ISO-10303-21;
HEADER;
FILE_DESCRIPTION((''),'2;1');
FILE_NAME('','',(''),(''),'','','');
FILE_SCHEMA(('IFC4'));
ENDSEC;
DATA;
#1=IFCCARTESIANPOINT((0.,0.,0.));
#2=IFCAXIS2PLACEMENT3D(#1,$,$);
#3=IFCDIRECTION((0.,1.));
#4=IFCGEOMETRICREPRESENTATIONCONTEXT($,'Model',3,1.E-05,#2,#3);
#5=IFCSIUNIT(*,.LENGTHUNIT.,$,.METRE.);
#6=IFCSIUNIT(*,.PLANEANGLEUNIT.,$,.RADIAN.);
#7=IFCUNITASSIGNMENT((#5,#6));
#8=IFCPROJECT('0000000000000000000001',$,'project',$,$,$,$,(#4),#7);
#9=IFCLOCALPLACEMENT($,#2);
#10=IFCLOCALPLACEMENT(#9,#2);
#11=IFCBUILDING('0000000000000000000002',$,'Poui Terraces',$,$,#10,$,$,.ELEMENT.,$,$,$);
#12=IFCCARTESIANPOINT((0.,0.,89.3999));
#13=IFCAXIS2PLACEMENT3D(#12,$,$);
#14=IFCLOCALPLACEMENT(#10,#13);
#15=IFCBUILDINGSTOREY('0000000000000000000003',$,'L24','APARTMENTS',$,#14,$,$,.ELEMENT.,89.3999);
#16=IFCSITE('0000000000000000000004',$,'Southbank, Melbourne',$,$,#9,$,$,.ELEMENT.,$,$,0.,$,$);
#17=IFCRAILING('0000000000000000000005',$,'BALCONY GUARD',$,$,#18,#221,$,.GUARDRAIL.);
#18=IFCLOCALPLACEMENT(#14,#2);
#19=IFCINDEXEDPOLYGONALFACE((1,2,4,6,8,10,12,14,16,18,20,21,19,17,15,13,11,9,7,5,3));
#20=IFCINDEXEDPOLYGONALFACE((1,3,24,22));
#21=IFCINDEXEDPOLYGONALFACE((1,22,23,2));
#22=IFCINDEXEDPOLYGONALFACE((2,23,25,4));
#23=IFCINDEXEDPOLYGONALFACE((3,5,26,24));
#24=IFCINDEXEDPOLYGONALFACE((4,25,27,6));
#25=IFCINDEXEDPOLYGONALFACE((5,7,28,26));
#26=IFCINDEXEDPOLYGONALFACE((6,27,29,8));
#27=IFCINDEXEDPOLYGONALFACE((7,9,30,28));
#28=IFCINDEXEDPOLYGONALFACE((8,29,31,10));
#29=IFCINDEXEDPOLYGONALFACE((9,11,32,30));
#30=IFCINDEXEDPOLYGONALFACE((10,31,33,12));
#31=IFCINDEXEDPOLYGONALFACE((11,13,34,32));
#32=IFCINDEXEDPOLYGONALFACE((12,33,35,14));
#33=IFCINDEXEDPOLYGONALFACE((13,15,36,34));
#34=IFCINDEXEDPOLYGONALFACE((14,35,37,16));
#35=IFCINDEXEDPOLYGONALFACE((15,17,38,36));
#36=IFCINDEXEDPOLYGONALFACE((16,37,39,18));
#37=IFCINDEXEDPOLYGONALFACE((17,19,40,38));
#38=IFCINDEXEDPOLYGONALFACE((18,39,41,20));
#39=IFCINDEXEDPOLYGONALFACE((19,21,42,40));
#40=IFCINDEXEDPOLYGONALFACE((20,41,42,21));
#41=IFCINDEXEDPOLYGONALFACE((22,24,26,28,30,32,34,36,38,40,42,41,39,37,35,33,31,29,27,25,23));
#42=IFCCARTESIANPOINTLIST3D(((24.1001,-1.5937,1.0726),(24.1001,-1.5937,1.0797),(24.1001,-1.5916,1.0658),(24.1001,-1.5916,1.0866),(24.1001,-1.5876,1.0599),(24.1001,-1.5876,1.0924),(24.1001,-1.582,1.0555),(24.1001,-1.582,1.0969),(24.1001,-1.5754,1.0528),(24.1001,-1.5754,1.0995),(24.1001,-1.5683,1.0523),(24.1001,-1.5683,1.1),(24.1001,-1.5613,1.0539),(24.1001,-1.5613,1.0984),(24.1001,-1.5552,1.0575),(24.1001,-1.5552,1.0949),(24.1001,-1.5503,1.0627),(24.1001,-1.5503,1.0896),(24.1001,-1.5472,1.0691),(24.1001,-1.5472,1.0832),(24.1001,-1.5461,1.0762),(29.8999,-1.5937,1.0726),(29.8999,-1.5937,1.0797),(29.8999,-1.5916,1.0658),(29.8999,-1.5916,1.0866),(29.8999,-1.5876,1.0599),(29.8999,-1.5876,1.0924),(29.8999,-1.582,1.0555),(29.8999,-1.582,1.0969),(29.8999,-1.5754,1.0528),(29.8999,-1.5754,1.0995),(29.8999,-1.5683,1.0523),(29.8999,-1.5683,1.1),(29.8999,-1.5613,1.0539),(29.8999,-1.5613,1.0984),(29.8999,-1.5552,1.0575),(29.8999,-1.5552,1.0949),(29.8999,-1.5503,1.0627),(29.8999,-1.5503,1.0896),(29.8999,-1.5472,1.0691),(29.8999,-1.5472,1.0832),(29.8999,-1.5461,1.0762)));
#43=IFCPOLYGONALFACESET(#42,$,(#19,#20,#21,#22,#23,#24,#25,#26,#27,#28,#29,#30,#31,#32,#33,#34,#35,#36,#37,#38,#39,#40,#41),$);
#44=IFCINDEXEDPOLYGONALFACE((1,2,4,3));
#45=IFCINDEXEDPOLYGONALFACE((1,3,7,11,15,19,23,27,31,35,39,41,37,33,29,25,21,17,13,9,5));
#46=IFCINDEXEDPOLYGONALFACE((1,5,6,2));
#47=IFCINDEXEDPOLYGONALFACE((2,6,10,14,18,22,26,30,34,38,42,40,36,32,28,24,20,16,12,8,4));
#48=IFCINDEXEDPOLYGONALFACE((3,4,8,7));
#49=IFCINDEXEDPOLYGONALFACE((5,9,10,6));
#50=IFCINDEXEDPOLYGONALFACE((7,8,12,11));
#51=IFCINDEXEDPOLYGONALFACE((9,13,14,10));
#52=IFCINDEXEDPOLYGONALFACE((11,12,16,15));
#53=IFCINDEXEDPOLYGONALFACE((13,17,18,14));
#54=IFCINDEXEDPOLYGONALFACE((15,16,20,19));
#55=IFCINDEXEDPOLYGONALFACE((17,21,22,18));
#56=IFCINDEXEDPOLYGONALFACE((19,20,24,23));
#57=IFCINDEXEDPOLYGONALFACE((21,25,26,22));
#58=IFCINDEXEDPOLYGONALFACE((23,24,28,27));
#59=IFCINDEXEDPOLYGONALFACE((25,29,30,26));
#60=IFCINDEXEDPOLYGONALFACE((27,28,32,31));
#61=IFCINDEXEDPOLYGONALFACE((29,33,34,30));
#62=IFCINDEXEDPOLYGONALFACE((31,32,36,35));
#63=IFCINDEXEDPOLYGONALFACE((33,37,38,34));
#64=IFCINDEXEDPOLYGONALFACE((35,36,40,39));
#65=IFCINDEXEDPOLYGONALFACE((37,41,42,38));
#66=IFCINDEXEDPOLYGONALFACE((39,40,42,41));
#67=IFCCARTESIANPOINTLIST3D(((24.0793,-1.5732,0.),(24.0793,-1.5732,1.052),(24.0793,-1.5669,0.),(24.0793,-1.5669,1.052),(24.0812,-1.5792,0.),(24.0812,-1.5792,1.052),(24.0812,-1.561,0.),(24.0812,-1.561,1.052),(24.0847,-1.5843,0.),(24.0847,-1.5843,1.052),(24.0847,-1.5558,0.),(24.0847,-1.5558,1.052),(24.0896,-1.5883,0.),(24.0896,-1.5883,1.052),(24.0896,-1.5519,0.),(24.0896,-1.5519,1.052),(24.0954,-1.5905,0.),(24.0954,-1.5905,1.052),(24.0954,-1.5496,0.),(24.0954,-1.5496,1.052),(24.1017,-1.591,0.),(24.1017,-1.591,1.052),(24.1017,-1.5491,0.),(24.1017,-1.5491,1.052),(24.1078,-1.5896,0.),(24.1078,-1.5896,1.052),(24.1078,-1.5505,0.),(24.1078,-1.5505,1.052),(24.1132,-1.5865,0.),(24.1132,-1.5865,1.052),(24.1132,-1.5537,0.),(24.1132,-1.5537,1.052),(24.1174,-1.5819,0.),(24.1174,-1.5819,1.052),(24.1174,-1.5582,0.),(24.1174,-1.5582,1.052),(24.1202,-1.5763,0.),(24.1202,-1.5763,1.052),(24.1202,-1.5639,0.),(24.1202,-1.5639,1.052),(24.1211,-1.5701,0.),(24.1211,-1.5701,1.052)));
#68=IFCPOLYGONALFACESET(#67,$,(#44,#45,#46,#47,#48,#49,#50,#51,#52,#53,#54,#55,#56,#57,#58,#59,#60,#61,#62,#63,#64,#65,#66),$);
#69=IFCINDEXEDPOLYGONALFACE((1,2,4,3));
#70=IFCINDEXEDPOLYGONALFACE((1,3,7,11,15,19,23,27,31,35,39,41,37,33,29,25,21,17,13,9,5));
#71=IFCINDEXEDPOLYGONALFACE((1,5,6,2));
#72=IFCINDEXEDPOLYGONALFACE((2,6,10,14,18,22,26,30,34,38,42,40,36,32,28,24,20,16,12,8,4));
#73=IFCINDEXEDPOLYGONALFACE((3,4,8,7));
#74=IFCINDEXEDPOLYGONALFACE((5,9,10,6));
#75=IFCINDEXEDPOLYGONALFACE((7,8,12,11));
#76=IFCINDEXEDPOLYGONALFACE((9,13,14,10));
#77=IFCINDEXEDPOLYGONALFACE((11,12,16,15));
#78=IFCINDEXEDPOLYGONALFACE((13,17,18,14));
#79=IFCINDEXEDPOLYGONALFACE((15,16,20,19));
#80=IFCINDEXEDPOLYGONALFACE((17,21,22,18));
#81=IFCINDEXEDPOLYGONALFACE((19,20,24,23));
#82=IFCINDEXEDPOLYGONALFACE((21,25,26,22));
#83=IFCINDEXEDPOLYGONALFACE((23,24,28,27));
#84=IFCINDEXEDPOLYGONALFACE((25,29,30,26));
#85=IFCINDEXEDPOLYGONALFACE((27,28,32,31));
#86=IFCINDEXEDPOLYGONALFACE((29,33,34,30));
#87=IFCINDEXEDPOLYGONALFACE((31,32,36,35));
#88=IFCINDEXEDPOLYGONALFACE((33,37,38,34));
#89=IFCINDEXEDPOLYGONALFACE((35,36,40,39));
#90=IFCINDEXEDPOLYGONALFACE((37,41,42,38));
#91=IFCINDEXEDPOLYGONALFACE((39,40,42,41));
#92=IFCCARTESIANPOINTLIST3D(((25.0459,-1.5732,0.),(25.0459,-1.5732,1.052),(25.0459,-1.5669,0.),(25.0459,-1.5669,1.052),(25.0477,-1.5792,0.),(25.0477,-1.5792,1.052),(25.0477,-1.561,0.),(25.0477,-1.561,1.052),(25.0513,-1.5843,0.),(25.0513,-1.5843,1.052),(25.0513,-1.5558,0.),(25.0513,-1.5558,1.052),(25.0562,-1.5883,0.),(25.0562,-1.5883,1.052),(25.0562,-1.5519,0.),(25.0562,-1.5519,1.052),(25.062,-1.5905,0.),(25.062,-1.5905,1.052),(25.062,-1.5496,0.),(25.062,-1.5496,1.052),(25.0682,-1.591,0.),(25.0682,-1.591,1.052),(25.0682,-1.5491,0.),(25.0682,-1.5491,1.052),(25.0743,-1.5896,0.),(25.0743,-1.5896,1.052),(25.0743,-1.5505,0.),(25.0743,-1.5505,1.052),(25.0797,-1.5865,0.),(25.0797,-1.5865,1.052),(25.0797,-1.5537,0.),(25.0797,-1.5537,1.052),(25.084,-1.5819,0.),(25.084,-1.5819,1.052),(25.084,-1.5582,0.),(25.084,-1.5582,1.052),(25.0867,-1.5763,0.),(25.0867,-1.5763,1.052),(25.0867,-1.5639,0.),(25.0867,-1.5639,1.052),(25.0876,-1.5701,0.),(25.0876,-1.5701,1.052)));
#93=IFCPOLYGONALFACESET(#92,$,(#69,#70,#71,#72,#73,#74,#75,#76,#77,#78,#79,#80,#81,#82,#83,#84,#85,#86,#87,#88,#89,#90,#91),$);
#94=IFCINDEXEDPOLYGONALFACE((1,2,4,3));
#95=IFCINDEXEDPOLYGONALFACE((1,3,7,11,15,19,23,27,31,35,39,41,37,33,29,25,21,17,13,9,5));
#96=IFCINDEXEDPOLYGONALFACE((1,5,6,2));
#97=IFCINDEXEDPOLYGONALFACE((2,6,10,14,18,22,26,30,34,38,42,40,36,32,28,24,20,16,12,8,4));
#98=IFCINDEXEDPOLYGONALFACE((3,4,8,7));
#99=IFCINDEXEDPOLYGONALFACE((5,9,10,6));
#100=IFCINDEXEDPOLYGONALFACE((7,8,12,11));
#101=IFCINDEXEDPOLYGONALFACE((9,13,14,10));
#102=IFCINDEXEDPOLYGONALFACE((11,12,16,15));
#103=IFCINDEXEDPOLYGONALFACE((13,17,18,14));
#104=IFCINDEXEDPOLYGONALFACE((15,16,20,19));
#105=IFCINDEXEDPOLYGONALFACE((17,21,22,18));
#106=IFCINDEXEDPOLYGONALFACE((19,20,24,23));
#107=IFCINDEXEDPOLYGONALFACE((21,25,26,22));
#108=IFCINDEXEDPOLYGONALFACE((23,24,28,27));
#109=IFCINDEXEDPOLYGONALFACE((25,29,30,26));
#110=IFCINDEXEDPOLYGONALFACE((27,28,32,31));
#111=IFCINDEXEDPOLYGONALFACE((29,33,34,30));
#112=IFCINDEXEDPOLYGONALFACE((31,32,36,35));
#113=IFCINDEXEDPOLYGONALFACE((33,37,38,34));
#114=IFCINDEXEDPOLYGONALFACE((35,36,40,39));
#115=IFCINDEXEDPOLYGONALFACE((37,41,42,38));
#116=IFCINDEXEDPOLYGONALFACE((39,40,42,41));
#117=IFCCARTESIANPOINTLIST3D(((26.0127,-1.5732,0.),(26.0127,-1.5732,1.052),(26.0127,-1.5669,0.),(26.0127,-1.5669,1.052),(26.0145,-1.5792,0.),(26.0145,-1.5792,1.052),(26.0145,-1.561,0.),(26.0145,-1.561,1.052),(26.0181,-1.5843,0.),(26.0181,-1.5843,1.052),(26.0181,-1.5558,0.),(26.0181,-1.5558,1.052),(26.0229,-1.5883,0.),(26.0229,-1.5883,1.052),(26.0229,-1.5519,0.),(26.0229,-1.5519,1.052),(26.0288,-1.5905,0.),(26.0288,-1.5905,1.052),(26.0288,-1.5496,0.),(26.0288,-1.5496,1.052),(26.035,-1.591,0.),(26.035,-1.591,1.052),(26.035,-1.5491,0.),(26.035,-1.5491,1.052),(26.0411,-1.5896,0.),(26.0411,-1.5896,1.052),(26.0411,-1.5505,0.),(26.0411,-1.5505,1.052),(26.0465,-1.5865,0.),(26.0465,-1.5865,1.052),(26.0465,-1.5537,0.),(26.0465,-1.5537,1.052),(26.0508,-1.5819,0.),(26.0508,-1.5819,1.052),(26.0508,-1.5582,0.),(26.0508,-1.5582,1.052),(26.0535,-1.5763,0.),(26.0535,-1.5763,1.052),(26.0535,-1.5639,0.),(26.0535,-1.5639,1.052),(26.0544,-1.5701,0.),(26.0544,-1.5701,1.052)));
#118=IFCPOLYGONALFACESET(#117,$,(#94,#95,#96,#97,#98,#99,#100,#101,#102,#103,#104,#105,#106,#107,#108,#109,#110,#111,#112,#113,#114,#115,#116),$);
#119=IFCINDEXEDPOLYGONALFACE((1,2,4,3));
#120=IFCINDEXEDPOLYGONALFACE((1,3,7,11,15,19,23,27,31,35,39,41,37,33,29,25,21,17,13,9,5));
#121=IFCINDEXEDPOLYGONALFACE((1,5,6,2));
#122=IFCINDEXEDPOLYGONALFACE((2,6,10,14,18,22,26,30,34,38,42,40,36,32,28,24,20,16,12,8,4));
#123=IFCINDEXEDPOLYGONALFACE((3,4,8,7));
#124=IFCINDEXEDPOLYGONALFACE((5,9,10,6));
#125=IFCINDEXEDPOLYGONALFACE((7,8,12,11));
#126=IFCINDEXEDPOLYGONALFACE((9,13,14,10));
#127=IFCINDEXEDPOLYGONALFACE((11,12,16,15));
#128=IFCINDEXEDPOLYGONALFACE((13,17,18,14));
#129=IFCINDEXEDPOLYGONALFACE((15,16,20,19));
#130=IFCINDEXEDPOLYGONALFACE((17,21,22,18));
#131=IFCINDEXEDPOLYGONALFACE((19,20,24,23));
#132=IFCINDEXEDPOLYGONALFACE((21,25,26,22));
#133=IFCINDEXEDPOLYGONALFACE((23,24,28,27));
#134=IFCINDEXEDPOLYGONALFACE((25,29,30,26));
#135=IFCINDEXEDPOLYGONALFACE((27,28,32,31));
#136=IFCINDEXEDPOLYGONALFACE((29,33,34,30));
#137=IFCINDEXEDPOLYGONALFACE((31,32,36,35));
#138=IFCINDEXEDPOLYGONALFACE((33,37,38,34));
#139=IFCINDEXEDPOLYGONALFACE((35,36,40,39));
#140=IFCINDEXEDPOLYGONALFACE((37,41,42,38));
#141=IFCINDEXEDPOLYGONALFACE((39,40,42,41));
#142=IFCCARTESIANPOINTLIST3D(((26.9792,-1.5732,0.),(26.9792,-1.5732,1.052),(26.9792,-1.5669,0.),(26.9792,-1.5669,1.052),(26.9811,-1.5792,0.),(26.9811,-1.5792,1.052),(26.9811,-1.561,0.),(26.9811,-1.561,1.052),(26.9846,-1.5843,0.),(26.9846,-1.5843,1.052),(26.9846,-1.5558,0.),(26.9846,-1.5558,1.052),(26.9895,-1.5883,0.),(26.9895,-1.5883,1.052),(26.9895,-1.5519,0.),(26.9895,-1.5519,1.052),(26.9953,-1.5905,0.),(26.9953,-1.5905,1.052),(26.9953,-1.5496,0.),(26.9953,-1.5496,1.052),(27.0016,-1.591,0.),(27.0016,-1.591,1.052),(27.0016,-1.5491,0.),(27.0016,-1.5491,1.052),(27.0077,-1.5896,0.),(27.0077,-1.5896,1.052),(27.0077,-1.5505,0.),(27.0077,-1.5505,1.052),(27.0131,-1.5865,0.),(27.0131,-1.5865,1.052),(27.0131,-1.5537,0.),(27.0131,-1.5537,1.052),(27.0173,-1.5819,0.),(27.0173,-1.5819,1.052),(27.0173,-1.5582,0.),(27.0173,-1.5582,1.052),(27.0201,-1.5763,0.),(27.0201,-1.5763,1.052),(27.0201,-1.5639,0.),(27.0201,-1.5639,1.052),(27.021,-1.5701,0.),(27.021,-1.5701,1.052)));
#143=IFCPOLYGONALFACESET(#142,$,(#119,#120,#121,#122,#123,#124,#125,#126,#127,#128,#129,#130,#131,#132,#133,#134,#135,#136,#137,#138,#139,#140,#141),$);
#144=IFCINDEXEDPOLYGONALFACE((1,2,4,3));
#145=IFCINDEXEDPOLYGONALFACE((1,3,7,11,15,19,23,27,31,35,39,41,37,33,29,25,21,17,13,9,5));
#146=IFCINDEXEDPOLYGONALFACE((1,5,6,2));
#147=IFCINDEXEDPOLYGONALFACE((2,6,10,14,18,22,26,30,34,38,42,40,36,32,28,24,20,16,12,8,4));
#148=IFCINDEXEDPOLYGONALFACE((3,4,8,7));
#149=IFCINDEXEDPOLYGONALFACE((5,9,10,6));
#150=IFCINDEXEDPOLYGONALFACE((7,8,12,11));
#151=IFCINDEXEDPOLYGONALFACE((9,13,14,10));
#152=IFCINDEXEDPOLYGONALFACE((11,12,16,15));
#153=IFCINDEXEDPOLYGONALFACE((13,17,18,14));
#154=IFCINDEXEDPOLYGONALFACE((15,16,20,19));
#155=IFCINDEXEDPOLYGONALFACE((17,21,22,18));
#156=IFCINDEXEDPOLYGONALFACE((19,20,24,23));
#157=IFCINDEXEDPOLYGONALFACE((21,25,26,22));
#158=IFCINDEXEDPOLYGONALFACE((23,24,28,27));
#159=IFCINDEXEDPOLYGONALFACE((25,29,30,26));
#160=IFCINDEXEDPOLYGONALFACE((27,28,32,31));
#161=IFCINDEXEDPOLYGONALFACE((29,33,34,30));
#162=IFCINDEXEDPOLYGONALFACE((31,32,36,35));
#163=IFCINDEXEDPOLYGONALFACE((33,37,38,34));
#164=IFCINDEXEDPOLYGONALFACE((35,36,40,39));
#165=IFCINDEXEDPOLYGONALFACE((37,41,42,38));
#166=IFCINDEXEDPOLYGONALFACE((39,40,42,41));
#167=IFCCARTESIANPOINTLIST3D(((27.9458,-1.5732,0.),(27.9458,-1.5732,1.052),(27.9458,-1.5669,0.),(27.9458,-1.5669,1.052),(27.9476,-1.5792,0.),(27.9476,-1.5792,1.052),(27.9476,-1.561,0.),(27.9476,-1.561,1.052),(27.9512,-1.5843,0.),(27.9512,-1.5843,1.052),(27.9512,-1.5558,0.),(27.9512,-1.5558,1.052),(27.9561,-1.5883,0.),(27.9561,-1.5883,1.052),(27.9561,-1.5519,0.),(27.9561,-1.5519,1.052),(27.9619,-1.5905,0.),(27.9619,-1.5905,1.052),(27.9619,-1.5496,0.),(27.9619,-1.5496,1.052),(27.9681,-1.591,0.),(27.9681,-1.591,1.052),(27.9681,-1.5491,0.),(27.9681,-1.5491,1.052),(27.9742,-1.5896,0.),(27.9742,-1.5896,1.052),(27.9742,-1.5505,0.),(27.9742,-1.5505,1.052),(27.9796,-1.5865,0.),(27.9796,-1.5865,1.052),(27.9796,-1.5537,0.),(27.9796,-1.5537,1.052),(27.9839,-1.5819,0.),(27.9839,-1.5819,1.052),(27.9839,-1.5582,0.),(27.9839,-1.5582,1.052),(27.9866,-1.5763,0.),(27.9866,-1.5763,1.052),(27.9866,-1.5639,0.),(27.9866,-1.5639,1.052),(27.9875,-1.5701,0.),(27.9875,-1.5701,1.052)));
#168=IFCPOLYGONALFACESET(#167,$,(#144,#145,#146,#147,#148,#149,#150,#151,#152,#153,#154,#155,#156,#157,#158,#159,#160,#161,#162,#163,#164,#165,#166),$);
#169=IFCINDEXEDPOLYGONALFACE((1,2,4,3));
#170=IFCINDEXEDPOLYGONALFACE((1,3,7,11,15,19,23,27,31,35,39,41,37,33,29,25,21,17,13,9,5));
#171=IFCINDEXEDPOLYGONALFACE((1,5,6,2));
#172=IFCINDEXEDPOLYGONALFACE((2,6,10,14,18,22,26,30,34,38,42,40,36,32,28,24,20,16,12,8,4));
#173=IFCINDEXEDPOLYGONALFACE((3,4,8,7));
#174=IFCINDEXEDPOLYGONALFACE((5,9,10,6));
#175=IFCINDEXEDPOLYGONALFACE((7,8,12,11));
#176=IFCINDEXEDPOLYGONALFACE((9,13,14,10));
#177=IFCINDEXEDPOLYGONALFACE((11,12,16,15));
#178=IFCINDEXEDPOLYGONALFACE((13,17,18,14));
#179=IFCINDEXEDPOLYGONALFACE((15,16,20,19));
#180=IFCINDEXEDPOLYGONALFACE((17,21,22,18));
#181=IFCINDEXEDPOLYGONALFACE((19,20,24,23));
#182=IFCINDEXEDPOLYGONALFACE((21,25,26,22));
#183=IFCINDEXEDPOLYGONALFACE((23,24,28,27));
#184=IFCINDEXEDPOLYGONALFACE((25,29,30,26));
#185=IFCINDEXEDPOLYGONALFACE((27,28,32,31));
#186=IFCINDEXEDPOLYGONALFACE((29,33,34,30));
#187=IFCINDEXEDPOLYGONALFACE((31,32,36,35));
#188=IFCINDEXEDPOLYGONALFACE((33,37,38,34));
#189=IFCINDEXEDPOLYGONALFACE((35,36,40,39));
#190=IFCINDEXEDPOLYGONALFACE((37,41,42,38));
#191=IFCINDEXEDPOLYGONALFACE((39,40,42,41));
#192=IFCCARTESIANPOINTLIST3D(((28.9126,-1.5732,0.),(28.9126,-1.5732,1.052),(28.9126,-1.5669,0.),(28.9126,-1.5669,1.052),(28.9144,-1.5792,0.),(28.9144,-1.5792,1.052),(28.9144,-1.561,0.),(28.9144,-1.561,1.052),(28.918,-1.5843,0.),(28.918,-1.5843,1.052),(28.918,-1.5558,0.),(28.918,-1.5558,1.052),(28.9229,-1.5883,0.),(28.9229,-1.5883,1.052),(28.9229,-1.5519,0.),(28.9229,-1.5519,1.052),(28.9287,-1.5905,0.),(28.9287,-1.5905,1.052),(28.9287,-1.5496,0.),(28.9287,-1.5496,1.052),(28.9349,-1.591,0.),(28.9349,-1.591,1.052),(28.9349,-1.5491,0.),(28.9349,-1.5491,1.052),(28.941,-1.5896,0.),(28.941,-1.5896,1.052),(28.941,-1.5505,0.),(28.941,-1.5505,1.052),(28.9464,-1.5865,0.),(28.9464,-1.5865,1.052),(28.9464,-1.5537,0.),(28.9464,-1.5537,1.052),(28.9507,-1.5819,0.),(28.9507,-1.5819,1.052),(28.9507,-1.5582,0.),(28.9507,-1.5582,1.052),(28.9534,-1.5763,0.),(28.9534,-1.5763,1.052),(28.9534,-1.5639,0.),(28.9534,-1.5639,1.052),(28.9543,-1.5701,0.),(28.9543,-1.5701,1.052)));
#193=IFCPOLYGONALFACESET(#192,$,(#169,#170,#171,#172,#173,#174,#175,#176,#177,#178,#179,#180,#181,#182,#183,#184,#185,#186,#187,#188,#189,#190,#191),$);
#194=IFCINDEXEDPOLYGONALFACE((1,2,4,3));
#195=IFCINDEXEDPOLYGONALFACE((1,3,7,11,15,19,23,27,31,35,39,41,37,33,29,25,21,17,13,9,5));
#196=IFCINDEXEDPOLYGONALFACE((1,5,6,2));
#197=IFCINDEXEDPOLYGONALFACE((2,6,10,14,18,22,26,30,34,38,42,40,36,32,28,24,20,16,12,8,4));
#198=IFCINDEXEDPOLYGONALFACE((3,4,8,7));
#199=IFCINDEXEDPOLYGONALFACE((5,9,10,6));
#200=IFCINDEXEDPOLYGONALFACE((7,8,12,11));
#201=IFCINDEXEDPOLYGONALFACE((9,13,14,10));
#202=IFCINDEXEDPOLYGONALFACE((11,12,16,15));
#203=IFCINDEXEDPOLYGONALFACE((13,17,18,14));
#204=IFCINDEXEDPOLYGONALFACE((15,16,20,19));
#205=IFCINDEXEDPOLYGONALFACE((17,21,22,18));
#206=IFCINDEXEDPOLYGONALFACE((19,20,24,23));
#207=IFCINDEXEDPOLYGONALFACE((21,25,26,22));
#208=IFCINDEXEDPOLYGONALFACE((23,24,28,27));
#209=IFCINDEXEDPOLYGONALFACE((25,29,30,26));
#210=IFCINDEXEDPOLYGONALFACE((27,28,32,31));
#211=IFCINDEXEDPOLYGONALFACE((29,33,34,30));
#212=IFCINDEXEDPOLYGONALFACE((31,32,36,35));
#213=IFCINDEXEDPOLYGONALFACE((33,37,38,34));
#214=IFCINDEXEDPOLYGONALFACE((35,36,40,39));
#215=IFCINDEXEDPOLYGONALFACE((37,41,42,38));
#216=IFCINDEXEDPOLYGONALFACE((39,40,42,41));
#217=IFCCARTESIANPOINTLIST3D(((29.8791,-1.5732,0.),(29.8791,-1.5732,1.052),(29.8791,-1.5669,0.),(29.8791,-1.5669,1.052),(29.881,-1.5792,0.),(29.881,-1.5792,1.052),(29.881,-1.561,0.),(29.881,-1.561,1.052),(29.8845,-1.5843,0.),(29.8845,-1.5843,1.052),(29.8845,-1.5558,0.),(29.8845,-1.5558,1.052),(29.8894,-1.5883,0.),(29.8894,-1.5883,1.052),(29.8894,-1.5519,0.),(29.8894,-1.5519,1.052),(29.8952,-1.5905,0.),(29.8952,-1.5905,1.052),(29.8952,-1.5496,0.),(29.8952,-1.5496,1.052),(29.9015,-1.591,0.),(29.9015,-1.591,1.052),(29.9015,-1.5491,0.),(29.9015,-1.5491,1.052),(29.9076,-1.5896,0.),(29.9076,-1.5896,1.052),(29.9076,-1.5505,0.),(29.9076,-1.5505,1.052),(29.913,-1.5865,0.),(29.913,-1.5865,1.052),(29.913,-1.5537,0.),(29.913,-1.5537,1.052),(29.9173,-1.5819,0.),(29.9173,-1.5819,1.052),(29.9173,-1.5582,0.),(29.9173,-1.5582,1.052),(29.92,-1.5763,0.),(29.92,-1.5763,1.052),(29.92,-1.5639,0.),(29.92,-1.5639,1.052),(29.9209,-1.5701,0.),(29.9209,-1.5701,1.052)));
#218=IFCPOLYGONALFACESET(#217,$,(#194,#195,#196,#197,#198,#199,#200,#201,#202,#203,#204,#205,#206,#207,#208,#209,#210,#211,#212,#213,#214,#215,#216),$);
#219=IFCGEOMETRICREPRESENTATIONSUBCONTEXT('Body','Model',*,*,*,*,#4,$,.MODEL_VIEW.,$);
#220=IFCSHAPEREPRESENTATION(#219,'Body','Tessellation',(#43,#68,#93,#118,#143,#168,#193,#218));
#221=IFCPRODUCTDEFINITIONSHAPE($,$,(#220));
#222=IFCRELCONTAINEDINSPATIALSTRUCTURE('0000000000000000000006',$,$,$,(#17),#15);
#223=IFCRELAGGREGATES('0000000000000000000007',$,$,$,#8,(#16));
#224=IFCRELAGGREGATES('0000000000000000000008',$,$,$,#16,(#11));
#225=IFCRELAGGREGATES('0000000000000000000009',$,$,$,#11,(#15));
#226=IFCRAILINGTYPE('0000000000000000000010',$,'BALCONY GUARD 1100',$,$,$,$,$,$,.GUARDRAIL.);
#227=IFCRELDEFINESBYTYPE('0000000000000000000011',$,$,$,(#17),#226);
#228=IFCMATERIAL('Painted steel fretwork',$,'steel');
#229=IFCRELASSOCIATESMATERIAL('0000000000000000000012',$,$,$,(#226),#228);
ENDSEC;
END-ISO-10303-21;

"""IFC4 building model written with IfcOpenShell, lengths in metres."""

from ifc_helpers import new_model, si_unit, direction, frame, origin, origin_2d, place, context, subcontext, project, spatial, circle, extrude, material, type_object, element, save


model = new_model("IFC4")

# Units and contexts
model_context = context("Model", 3, precision=1e-05, world=origin(), true_north=direction((0.0, 1.0)))
body_context = subcontext(model_context, "Body", "Model", "MODEL_VIEW")
ifc_project = project(units=[si_unit("LENGTHUNIT", "METRE"), si_unit("PLANEANGLEUNIT", "RADIAN")], contexts=[model_context])

# Site, building, storey
site_placement = place(None, origin())
site = spatial("IfcSite", under=ifc_project, at=site_placement, Name="Southbank, Melbourne", CompositionType="ELEMENT", RefElevation=0.0)
building_placement = place(site_placement, origin())
building = spatial("IfcBuilding", under=site, at=building_placement, Name="Poui Terraces", CompositionType="ELEMENT")
storey_placement = place(building_placement, frame((0.0, 0.0, 89.3999)))
storey = spatial("IfcBuildingStorey", under=building, at=storey_placement, Name="L24", Description="APARTMENTS", CompositionType="ELEMENT", Elevation=89.3999)

# Railing
ifc_material_1 = material(Name="Painted steel fretwork", Category="steel")
railing_type = type_object("IfcRailingType", Name="BALCONY GUARD 1100", PredefinedType="GUARDRAIL", material=ifc_material_1)
railing_placement = place(storey_placement, frame((24.1001, -1.5701, 0.0)))
element("IfcRailing", 1, at=railing_placement, inside=storey, type_object=railing_type, Name="BALCONY GUARD", PredefinedType="GUARDRAIL", context=body_context, shape_type="SweptSolid", body=[
    extrude(circle(Radius=0.0239, at=origin_2d()), frame((0.0, 0.0, 1.0762), z_axis=(1.0, 0.0, 0.0), x_axis=(0.0, 1.0, 0.0)), (0.0, 0.0, 1.0), 5.7998),
    extrude(circle(Radius=0.021, at=origin_2d()), origin(), (0.0, 0.0, 1.0), 1.052),
    extrude(circle(Radius=0.021, at=origin_2d()), frame((0.9666, 0.0, 0.0)), (0.0, 0.0, 1.0), 1.052),
    extrude(circle(Radius=0.021, at=origin_2d()), frame((1.9333, 0.0, 0.0)), (0.0, 0.0, 1.0), 1.052),
    extrude(circle(Radius=0.021, at=origin_2d()), frame((2.8999, 0.0, 0.0)), (0.0, 0.0, 1.0), 1.052),
    extrude(circle(Radius=0.021, at=origin_2d()), frame((3.8665, 0.0, 0.0)), (0.0, 0.0, 1.0), 1.052),
    extrude(circle(Radius=0.021, at=origin_2d()), frame((4.8333, 0.0, 0.0)), (0.0, 0.0, 1.0), 1.052),
    extrude(circle(Radius=0.021, at=origin_2d()), frame((5.7998, 0.0, 0.0)), (0.0, 0.0, 1.0), 1.052),
])

save(model, "model.ifc")
